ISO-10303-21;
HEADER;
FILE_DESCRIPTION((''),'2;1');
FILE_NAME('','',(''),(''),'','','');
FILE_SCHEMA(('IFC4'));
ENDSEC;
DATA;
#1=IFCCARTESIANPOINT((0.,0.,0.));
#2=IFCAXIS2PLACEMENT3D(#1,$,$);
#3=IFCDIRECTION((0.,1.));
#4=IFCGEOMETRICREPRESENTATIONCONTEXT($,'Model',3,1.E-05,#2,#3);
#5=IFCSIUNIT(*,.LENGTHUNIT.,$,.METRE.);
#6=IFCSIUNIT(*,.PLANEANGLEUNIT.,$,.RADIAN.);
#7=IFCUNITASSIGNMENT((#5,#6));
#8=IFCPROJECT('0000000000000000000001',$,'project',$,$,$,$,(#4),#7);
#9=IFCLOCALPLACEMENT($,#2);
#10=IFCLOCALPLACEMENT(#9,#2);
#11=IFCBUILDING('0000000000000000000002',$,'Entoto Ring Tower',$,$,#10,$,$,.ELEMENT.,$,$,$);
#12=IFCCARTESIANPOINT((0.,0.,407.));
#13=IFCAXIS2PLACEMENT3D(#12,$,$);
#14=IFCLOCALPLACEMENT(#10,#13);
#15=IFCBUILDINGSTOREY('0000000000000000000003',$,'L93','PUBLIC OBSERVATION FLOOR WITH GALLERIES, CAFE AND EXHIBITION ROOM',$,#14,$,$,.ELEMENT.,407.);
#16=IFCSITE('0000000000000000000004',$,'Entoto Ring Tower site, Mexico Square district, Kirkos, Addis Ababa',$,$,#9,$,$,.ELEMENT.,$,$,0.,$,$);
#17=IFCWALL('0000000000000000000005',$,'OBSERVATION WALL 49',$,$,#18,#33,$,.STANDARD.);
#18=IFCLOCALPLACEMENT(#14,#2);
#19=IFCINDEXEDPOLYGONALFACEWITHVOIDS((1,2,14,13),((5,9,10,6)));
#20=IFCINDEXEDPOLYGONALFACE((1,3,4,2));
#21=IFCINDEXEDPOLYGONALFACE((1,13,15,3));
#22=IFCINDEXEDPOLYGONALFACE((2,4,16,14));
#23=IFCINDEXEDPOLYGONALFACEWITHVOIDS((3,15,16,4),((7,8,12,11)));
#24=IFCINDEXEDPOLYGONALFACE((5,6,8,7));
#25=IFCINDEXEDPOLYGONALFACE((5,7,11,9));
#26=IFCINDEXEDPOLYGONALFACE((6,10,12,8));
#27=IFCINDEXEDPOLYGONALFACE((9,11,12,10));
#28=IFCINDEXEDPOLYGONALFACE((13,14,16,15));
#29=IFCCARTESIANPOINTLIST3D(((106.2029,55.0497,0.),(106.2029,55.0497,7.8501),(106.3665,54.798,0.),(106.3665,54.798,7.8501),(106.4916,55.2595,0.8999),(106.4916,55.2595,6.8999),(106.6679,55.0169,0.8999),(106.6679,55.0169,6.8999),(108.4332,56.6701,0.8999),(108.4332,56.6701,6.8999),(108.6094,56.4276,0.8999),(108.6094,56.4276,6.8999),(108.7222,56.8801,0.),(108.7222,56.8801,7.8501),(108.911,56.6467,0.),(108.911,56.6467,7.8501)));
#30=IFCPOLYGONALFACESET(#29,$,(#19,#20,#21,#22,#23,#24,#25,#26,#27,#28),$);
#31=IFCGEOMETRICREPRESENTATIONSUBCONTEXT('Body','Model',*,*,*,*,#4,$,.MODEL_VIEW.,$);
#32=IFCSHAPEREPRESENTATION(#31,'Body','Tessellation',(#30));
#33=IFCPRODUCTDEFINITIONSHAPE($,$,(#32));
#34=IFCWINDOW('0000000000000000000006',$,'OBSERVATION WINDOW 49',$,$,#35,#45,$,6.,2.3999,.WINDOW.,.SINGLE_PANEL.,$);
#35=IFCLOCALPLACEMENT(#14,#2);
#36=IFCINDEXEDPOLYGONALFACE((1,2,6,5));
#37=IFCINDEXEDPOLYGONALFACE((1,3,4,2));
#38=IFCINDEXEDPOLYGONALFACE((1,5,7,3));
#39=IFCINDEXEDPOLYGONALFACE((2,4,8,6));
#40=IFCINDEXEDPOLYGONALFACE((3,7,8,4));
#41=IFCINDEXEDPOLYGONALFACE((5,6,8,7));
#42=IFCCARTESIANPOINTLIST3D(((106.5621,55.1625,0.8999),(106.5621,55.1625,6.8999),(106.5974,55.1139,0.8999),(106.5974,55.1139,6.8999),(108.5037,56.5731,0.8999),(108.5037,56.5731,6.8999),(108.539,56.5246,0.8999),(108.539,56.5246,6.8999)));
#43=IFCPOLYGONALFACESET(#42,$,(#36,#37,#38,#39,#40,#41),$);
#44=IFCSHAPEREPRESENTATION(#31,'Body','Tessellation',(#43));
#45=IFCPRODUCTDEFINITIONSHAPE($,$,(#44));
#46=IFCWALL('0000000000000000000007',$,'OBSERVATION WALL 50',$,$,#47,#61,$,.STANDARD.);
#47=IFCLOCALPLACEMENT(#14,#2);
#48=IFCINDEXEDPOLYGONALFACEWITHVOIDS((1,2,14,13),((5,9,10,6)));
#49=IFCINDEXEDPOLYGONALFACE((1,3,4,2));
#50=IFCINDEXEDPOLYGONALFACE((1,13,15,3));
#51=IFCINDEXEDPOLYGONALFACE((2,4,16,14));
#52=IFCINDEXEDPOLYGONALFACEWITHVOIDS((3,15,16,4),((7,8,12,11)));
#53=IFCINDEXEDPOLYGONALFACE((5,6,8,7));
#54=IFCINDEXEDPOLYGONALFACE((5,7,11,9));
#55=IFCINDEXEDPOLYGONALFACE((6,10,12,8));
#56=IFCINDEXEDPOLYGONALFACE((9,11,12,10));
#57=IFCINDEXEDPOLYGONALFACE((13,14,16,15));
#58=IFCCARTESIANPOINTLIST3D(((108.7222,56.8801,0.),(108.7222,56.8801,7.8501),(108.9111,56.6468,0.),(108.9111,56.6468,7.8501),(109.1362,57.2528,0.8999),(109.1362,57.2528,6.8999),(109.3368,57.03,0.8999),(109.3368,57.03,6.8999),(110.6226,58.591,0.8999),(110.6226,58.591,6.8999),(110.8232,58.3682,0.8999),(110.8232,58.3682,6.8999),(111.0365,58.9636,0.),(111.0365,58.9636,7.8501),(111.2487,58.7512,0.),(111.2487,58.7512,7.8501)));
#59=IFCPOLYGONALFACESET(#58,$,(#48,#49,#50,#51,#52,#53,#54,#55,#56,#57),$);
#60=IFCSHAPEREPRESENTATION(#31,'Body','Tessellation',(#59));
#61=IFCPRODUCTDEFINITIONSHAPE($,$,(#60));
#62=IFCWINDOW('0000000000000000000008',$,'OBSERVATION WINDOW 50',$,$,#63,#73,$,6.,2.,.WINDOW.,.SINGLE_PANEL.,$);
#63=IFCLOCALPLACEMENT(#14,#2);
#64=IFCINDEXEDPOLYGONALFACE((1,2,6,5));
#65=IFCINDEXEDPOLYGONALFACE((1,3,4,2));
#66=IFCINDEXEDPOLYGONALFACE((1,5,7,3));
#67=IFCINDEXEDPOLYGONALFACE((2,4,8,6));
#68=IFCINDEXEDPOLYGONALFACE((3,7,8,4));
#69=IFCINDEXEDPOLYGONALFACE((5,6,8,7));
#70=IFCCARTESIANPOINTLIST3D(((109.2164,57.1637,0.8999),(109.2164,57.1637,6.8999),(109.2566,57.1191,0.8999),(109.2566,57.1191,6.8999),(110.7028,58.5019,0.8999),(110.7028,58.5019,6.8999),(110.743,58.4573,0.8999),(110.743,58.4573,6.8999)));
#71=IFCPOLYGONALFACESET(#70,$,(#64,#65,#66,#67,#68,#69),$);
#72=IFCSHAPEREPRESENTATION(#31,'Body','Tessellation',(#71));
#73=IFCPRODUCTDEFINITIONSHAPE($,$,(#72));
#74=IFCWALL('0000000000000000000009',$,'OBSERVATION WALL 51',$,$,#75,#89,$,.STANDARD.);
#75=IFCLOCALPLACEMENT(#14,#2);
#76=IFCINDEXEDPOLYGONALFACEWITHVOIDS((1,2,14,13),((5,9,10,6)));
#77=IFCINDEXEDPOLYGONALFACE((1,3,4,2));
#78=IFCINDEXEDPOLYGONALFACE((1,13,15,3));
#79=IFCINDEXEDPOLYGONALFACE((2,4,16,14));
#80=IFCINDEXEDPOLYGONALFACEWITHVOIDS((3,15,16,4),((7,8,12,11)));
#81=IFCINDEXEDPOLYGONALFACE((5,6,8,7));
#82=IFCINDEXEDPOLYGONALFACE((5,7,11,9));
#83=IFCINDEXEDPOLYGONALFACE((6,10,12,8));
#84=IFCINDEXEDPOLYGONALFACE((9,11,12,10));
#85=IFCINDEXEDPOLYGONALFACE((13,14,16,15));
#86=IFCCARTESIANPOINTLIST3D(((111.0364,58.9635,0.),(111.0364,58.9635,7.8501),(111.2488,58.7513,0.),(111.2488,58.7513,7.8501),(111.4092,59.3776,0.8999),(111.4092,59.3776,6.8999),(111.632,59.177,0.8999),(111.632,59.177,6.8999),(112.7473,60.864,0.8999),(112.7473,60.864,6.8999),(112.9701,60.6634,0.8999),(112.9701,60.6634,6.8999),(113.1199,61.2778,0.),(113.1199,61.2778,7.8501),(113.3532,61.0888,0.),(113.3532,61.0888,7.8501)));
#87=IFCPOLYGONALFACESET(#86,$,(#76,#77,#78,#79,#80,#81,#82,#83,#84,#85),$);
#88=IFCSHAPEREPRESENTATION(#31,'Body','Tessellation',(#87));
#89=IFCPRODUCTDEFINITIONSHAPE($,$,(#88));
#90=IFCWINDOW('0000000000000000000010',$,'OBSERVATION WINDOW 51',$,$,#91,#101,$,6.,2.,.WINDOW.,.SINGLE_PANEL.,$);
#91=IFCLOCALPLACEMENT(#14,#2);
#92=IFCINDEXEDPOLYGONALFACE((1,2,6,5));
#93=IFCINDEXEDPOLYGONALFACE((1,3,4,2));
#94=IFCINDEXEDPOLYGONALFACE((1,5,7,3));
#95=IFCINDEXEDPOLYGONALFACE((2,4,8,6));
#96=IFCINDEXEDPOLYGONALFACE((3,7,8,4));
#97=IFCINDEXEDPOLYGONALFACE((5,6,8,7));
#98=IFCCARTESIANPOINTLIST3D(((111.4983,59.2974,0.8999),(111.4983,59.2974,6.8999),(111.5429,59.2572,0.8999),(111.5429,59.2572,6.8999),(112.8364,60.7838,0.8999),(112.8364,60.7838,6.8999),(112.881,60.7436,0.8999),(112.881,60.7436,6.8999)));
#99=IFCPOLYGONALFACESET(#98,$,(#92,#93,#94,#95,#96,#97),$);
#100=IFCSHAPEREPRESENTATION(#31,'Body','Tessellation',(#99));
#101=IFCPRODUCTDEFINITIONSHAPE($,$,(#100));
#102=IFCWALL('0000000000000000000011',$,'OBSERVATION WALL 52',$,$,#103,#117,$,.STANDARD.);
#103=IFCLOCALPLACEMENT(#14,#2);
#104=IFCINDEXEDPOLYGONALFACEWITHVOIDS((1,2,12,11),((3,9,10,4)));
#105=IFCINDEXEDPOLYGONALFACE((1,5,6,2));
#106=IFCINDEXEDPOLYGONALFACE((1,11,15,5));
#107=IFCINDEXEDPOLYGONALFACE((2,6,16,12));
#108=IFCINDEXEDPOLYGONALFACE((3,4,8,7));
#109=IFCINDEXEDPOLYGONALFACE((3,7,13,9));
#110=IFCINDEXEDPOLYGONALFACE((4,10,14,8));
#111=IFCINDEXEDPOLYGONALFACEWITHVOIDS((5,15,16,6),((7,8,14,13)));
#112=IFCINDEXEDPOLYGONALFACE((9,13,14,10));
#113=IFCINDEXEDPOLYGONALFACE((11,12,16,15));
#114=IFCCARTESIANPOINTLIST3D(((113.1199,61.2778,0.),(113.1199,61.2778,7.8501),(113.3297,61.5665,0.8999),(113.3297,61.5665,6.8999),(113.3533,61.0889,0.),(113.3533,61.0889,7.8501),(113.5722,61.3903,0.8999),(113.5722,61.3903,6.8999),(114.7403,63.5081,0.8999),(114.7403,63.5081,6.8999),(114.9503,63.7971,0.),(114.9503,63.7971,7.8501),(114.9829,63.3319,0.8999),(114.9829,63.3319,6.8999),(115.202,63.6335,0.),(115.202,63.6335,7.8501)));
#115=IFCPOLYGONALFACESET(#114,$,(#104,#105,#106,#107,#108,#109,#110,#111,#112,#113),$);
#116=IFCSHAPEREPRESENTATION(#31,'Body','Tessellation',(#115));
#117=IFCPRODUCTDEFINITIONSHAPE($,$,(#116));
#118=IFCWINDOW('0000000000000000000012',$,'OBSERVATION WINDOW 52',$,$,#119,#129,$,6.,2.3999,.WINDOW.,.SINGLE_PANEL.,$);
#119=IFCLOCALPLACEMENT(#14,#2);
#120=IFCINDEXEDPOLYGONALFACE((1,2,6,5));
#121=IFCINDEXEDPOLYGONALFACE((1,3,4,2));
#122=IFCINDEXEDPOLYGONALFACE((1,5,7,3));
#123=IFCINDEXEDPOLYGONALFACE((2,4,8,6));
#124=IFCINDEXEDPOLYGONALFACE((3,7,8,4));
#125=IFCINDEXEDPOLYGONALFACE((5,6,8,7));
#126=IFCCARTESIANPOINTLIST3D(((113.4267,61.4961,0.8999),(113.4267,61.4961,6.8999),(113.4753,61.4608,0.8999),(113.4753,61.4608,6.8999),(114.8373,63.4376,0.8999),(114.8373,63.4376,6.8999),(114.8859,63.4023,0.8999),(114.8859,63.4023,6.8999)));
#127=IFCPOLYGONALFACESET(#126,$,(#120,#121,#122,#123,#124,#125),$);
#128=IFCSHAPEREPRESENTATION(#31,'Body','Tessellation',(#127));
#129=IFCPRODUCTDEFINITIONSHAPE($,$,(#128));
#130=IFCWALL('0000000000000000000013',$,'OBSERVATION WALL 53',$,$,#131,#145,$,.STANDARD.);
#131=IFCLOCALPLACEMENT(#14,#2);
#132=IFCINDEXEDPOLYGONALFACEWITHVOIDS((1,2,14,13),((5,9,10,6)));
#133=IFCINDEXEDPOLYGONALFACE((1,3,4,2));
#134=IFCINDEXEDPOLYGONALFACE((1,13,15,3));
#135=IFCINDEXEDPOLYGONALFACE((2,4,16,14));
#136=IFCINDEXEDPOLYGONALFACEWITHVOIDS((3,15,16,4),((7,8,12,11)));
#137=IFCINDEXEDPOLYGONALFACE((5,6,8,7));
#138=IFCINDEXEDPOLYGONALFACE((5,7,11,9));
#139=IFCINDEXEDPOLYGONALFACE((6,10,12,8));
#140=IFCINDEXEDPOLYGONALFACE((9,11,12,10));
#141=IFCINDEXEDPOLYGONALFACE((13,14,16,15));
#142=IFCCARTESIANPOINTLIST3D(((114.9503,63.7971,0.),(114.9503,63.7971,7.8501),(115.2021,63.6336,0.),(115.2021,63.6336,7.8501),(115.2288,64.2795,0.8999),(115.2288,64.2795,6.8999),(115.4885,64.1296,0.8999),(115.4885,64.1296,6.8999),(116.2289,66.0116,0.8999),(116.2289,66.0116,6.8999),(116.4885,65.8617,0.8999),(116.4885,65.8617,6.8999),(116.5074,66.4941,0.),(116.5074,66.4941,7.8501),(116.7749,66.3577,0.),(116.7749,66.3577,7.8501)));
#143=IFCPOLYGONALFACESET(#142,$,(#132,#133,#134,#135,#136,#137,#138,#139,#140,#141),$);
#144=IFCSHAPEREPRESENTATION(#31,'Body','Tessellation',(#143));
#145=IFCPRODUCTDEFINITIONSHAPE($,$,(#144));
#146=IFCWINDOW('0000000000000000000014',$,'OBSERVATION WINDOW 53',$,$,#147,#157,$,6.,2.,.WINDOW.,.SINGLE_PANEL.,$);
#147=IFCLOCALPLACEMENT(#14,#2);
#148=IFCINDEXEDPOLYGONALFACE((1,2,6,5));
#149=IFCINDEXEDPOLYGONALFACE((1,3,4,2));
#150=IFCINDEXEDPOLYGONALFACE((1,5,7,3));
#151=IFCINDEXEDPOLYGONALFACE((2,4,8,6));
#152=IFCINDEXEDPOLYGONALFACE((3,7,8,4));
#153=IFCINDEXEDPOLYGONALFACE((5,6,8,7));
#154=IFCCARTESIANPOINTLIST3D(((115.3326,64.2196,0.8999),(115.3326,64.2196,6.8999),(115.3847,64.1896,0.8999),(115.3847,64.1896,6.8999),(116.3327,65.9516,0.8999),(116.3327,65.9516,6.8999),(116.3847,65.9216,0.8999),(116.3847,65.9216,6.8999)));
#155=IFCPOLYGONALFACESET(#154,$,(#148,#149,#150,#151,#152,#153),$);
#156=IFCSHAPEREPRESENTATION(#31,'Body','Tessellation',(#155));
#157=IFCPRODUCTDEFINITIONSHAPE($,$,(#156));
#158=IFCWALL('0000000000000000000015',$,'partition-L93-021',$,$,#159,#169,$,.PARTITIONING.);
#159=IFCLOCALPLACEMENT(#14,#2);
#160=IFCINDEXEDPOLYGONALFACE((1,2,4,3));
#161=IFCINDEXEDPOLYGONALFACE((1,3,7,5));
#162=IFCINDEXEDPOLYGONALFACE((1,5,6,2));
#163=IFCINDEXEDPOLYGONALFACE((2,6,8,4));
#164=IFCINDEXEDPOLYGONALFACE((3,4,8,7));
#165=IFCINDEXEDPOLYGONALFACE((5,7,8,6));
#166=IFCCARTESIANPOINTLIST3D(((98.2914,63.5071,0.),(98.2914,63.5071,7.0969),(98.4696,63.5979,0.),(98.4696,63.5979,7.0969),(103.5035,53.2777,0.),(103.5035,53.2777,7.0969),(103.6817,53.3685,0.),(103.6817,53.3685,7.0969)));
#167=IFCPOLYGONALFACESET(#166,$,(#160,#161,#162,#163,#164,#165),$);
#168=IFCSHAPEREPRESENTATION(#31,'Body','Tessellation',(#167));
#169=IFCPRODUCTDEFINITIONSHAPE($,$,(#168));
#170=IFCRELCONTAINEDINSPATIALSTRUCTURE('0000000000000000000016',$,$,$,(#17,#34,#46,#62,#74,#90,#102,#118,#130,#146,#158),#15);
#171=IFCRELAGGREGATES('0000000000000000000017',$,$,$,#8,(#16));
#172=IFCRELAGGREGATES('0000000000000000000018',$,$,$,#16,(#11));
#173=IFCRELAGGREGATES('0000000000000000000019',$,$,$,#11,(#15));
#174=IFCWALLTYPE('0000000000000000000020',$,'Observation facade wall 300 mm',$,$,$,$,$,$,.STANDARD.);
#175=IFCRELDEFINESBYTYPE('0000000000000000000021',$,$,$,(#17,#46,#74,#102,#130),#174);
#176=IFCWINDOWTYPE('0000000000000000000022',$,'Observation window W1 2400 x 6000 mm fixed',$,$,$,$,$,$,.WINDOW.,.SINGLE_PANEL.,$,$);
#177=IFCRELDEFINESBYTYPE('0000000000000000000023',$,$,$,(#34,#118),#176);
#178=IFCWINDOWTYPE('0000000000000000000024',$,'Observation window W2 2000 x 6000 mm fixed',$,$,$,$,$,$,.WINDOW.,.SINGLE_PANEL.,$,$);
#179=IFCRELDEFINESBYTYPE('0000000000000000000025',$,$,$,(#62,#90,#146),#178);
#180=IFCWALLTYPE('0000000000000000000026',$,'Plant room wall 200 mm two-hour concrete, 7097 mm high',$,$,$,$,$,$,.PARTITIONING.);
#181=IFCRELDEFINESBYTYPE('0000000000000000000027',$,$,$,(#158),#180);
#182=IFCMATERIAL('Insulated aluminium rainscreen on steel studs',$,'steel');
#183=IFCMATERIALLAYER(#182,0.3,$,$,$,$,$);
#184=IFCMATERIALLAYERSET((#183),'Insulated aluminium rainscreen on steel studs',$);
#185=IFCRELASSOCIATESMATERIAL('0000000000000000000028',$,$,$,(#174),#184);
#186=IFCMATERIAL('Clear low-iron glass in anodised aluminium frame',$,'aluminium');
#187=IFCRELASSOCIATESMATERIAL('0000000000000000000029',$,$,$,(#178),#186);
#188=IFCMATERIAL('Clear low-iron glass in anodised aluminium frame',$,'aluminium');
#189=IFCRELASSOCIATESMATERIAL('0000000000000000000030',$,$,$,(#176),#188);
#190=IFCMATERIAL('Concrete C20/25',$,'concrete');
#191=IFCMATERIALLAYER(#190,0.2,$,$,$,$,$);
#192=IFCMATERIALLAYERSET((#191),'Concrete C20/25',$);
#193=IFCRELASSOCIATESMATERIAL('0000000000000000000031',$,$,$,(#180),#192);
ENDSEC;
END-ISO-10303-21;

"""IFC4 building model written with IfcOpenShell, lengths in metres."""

from ifc_helpers import new_model, si_unit, direction, frame, frame_2d, origin, place, context, subcontext, project, spatial, polyline, rectangle, outline, extrude, material, layer, layer_set, type_object, element, fill, save


model = new_model("IFC4")

# Units and contexts
model_context = context("Model", 3, precision=1e-05, world=origin(), true_north=direction((0.0, 1.0)))
body_context = subcontext(model_context, "Body", "Model", "MODEL_VIEW")
ifc_project = project(units=[si_unit("LENGTHUNIT", "METRE"), si_unit("PLANEANGLEUNIT", "RADIAN")], contexts=[model_context])

# Site, building, storey
site_placement = place(None, origin())
site = spatial("IfcSite", under=ifc_project, at=site_placement, Name="Entoto Ring Tower site, Mexico Square district, Kirkos, Addis Ababa", CompositionType="ELEMENT", RefElevation=0.0)
building_placement = place(site_placement, origin())
building = spatial("IfcBuilding", under=site, at=building_placement, Name="Entoto Ring Tower", CompositionType="ELEMENT")
storey_placement = place(building_placement, frame((0.0, 0.0, 407.0)))
storey = spatial("IfcBuildingStorey", under=building, at=storey_placement, Name="L93", Description="PUBLIC OBSERVATION FLOOR WITH GALLERIES, CAFE AND EXHIBITION ROOM", CompositionType="ELEMENT", Elevation=407.0)

# Walls, openings, windows
ifc_material_1 = material(Name="Insulated aluminium rainscreen on steel studs", Category="steel")
ifc_layer_1 = layer(ifc_material_1, 0.3)
ifc_layer_set_1 = layer_set([ifc_layer_1], Name="Insulated aluminium rainscreen on steel studs")
wall_type_1 = type_object("IfcWallType", Name="Observation facade wall 300 mm", PredefinedType="STANDARD", material=ifc_layer_set_1)
ifc_material_2 = material(Name="Clear low-iron glass in anodised aluminium frame", Category="aluminium")
window_type_1 = type_object("IfcWindowType", Name="Observation window W2 2000 x 6000 mm fixed", PartitioningType="SINGLE_PANEL", PredefinedType="WINDOW", material=ifc_material_2)
wall_1_placement = place(storey_placement, frame((106.2847, 54.9238, 0.0), z_axis=(0.0, 0.0, 1.0), x_axis=(0.809016, 0.587787, 0.0)))
wall_1 = element("IfcWall", 1, at=wall_1_placement, inside=storey, type_object=wall_type_1, Name="OBSERVATION WALL 49", PredefinedType="STANDARD", context=body_context, shape_type="SweptSolid", body=[
    extrude(outline(polyline([(-0.0078, -0.1499), (3.1375, -0.1499), (3.1218, 0.1499), (0.0078, 0.1499), (-0.0078, -0.1499)])), origin(), (0.0, 0.0, 1.0), 7.8501),
])
opening_1_placement = place(wall_1_placement, frame((0.3647, 0.0, 0.8999)))
opening_1 = element("IfcOpeningElement", 2, at=opening_1_placement, cuts=wall_1, PredefinedType="OPENING", context=body_context, shape_type="SweptSolid", body=[
    extrude(rectangle(XDim=2.3999, YDim=6.0, at=frame_2d((1.2, 3.0))), frame((0.0, 0.1602, 0.0), z_axis=(0.0, -1.0, 0.0), x_axis=(1.0, 0.0, 0.0)), (0.0, 0.0, 1.0), 0.3201),
])
ifc_material_3 = material(Name="Clear low-iron glass in anodised aluminium frame", Category="aluminium")
window_type_2 = type_object("IfcWindowType", Name="Observation window W1 2400 x 6000 mm fixed", PartitioningType="SINGLE_PANEL", PredefinedType="WINDOW", material=ifc_material_3)
window_1_placement = place(opening_1_placement, origin())
window_1 = element("IfcWindow", 3, at=window_1_placement, inside=storey, type_object=window_type_2, Name="OBSERVATION WINDOW 49", OverallHeight=6.0, OverallWidth=2.3999, PartitioningType="SINGLE_PANEL", PredefinedType="WINDOW", context=body_context, shape_type="SweptSolid", body=[
    extrude(rectangle(XDim=2.3999, YDim=6.0, at=frame_2d((1.2, 3.0))), frame((0.0, 0.03, 0.0), z_axis=(0.0, -1.0, 0.0), x_axis=(1.0, 0.0, 0.0)), (0.0, 0.0, 1.0), 0.0601),
])
fill(opening_1, window_1)
wall_2_placement = place(storey_placement, frame((108.8167, 56.7634, 0.0), z_axis=(0.0, 0.0, 1.0), x_axis=(0.743189, 0.669081, 0.0)))
wall_2 = element("IfcWall", 4, at=wall_2_placement, inside=storey, type_object=wall_type_1, Name="OBSERVATION WALL 50", PredefinedType="STANDARD", context=body_context, shape_type="SweptSolid", body=[
    extrude(outline(polyline([(-0.0078, -0.1499), (3.1375, -0.1499), (3.1218, 0.1499), (0.0078, 0.1499), (-0.0078, -0.1499)])), origin(), (0.0, 0.0, 1.0), 7.8501),
])
opening_2_placement = place(wall_2_placement, frame((0.5649, 0.0, 0.8999)))
opening_2 = element("IfcOpeningElement", 5, at=opening_2_placement, cuts=wall_2, PredefinedType="OPENING", context=body_context, shape_type="SweptSolid", body=[
    extrude(rectangle(XDim=2.0, YDim=6.0, at=frame_2d((1.0, 3.0))), frame((0.0, 0.1602, 0.0), z_axis=(0.0, -1.0, 0.0), x_axis=(1.0, 0.0, 0.0)), (0.0, 0.0, 1.0), 0.3201),
])
window_2_placement = place(opening_2_placement, origin())
window_2 = element("IfcWindow", 6, at=window_2_placement, inside=storey, type_object=window_type_1, Name="OBSERVATION WINDOW 50", OverallHeight=6.0, OverallWidth=2.0, PartitioningType="SINGLE_PANEL", PredefinedType="WINDOW", context=body_context, shape_type="SweptSolid", body=[
    extrude(rectangle(XDim=2.0, YDim=6.0, at=frame_2d((1.0, 3.0))), frame((0.0, 0.03, 0.0), z_axis=(0.0, -1.0, 0.0), x_axis=(1.0, 0.0, 0.0)), (0.0, 0.0, 1.0), 0.0601),
])
fill(opening_2, window_2)
wall_3_placement = place(storey_placement, frame((111.1426, 58.8574, 0.0), z_axis=(0.0, 0.0, 1.0), x_axis=(0.669081, 0.743189, 0.0)))
wall_3 = element("IfcWall", 7, at=wall_3_placement, inside=storey, type_object=wall_type_1, Name="OBSERVATION WALL 51", PredefinedType="STANDARD", context=body_context, shape_type="SweptSolid", body=[
    extrude(outline(polyline([(-0.0078, -0.1499), (3.1375, -0.1499), (3.1218, 0.1499), (0.0078, 0.1499), (-0.0078, -0.1499)])), origin(), (0.0, 0.0, 1.0), 7.8501),
])
opening_3_placement = place(wall_3_placement, frame((0.5649, 0.0, 0.8999)))
opening_3 = element("IfcOpeningElement", 8, at=opening_3_placement, cuts=wall_3, PredefinedType="OPENING", context=body_context, shape_type="SweptSolid", body=[
    extrude(rectangle(XDim=2.0, YDim=6.0, at=frame_2d((1.0, 3.0))), frame((0.0, 0.1602, 0.0), z_axis=(0.0, -1.0, 0.0), x_axis=(1.0, 0.0, 0.0)), (0.0, 0.0, 1.0), 0.3201),
])
window_3_placement = place(opening_3_placement, origin())
window_3 = element("IfcWindow", 9, at=window_3_placement, inside=storey, type_object=window_type_1, Name="OBSERVATION WINDOW 51", OverallHeight=6.0, OverallWidth=2.0, PartitioningType="SINGLE_PANEL", PredefinedType="WINDOW", context=body_context, shape_type="SweptSolid", body=[
    extrude(rectangle(XDim=2.0, YDim=6.0, at=frame_2d((1.0, 3.0))), frame((0.0, 0.03, 0.0), z_axis=(0.0, -1.0, 0.0), x_axis=(1.0, 0.0, 0.0)), (0.0, 0.0, 1.0), 0.0601),
])
fill(opening_3, window_3)
wall_4_placement = place(storey_placement, frame((113.2366, 61.1833, 0.0), z_axis=(0.0, 0.0, 1.0), x_axis=(0.587787, 0.809016, 0.0)))
wall_4 = element("IfcWall", 10, at=wall_4_placement, inside=storey, type_object=wall_type_1, Name="OBSERVATION WALL 52", PredefinedType="STANDARD", context=body_context, shape_type="SweptSolid", body=[
    extrude(outline(polyline([(-0.0078, -0.1499), (3.1375, -0.1499), (3.1218, 0.1499), (0.0078, 0.1499), (-0.0078, -0.1499)])), origin(), (0.0, 0.0, 1.0), 7.8501),
])
opening_4_placement = place(wall_4_placement, frame((0.3647, 0.0, 0.8999)))
opening_4 = element("IfcOpeningElement", 11, at=opening_4_placement, cuts=wall_4, PredefinedType="OPENING", context=body_context, shape_type="SweptSolid", body=[
    extrude(rectangle(XDim=2.3999, YDim=6.0, at=frame_2d((1.2, 3.0))), frame((0.0, 0.1602, 0.0), z_axis=(0.0, -1.0, 0.0), x_axis=(1.0, 0.0, 0.0)), (0.0, 0.0, 1.0), 0.3201),
])
window_4_placement = place(opening_4_placement, origin())
window_4 = element("IfcWindow", 12, at=window_4_placement, inside=storey, type_object=window_type_2, Name="OBSERVATION WINDOW 52", OverallHeight=6.0, OverallWidth=2.3999, PartitioningType="SINGLE_PANEL", PredefinedType="WINDOW", context=body_context, shape_type="SweptSolid", body=[
    extrude(rectangle(XDim=2.3999, YDim=6.0, at=frame_2d((1.2, 3.0))), frame((0.0, 0.03, 0.0), z_axis=(0.0, -1.0, 0.0), x_axis=(1.0, 0.0, 0.0)), (0.0, 0.0, 1.0), 0.0601),
])
fill(opening_4, window_4)
wall_5_placement = place(storey_placement, frame((115.0762, 63.7153, 0.0), z_axis=(0.0, 0.0, 1.0), x_axis=(0.500015, 0.866017, 0.0)))
wall_5 = element("IfcWall", 13, at=wall_5_placement, inside=storey, type_object=wall_type_1, Name="OBSERVATION WALL 53", PredefinedType="STANDARD", context=body_context, shape_type="SweptSolid", body=[
    extrude(outline(polyline([(-0.0078, -0.1499), (3.1377, -0.1499), (3.1221, 0.1499), (0.0078, 0.1499), (-0.0078, -0.1499)])), origin(), (0.0, 0.0, 1.0), 7.8501),
])
opening_5_placement = place(wall_5_placement, frame((0.5649, 0.0, 0.8999)))
opening_5 = element("IfcOpeningElement", 14, at=opening_5_placement, cuts=wall_5, PredefinedType="OPENING", context=body_context, shape_type="SweptSolid", body=[
    extrude(rectangle(XDim=2.0, YDim=6.0, at=frame_2d((1.0, 3.0))), frame((0.0, 0.1602, 0.0), z_axis=(0.0, -1.0, 0.0), x_axis=(1.0, 0.0, 0.0)), (0.0, 0.0, 1.0), 0.3201),
])
window_5_placement = place(opening_5_placement, origin())
window_5 = element("IfcWindow", 15, at=window_5_placement, inside=storey, type_object=window_type_1, Name="OBSERVATION WINDOW 53", OverallHeight=6.0, OverallWidth=2.0, PartitioningType="SINGLE_PANEL", PredefinedType="WINDOW", context=body_context, shape_type="SweptSolid", body=[
    extrude(rectangle(XDim=2.0, YDim=6.0, at=frame_2d((1.0, 3.0))), frame((0.0, 0.03, 0.0), z_axis=(0.0, -1.0, 0.0), x_axis=(1.0, 0.0, 0.0)), (0.0, 0.0, 1.0), 0.0601),
])
fill(opening_5, window_5)

# Wall
ifc_material_4 = material(Name="Concrete C20/25", Category="concrete")
ifc_layer_2 = layer(ifc_material_4, 0.2)
ifc_layer_set_2 = layer_set([ifc_layer_2], Name="Concrete C20/25")
wall_type_2 = type_object("IfcWallType", Name="Plant room wall 200 mm two-hour concrete, 7097 mm high", PredefinedType="PARTITIONING", material=ifc_layer_set_2)
wall_6_placement = place(storey_placement, frame((103.5925, 53.3232, 0.0), z_axis=(0.0, 0.0, 1.0), x_axis=(-0.453989, 0.891008, 0.0)))
element("IfcWall", 16, at=wall_6_placement, inside=storey, type_object=wall_type_2, Name="partition-L93-021", PredefinedType="PARTITIONING", context=body_context, shape_type="SweptSolid", body=[
    extrude(rectangle(XDim=11.4807, YDim=0.2, at=frame_2d((5.7402, 0.0))), origin(), (0.0, 0.0, 1.0), 7.0969),
])

save(model, "model.ifc")
